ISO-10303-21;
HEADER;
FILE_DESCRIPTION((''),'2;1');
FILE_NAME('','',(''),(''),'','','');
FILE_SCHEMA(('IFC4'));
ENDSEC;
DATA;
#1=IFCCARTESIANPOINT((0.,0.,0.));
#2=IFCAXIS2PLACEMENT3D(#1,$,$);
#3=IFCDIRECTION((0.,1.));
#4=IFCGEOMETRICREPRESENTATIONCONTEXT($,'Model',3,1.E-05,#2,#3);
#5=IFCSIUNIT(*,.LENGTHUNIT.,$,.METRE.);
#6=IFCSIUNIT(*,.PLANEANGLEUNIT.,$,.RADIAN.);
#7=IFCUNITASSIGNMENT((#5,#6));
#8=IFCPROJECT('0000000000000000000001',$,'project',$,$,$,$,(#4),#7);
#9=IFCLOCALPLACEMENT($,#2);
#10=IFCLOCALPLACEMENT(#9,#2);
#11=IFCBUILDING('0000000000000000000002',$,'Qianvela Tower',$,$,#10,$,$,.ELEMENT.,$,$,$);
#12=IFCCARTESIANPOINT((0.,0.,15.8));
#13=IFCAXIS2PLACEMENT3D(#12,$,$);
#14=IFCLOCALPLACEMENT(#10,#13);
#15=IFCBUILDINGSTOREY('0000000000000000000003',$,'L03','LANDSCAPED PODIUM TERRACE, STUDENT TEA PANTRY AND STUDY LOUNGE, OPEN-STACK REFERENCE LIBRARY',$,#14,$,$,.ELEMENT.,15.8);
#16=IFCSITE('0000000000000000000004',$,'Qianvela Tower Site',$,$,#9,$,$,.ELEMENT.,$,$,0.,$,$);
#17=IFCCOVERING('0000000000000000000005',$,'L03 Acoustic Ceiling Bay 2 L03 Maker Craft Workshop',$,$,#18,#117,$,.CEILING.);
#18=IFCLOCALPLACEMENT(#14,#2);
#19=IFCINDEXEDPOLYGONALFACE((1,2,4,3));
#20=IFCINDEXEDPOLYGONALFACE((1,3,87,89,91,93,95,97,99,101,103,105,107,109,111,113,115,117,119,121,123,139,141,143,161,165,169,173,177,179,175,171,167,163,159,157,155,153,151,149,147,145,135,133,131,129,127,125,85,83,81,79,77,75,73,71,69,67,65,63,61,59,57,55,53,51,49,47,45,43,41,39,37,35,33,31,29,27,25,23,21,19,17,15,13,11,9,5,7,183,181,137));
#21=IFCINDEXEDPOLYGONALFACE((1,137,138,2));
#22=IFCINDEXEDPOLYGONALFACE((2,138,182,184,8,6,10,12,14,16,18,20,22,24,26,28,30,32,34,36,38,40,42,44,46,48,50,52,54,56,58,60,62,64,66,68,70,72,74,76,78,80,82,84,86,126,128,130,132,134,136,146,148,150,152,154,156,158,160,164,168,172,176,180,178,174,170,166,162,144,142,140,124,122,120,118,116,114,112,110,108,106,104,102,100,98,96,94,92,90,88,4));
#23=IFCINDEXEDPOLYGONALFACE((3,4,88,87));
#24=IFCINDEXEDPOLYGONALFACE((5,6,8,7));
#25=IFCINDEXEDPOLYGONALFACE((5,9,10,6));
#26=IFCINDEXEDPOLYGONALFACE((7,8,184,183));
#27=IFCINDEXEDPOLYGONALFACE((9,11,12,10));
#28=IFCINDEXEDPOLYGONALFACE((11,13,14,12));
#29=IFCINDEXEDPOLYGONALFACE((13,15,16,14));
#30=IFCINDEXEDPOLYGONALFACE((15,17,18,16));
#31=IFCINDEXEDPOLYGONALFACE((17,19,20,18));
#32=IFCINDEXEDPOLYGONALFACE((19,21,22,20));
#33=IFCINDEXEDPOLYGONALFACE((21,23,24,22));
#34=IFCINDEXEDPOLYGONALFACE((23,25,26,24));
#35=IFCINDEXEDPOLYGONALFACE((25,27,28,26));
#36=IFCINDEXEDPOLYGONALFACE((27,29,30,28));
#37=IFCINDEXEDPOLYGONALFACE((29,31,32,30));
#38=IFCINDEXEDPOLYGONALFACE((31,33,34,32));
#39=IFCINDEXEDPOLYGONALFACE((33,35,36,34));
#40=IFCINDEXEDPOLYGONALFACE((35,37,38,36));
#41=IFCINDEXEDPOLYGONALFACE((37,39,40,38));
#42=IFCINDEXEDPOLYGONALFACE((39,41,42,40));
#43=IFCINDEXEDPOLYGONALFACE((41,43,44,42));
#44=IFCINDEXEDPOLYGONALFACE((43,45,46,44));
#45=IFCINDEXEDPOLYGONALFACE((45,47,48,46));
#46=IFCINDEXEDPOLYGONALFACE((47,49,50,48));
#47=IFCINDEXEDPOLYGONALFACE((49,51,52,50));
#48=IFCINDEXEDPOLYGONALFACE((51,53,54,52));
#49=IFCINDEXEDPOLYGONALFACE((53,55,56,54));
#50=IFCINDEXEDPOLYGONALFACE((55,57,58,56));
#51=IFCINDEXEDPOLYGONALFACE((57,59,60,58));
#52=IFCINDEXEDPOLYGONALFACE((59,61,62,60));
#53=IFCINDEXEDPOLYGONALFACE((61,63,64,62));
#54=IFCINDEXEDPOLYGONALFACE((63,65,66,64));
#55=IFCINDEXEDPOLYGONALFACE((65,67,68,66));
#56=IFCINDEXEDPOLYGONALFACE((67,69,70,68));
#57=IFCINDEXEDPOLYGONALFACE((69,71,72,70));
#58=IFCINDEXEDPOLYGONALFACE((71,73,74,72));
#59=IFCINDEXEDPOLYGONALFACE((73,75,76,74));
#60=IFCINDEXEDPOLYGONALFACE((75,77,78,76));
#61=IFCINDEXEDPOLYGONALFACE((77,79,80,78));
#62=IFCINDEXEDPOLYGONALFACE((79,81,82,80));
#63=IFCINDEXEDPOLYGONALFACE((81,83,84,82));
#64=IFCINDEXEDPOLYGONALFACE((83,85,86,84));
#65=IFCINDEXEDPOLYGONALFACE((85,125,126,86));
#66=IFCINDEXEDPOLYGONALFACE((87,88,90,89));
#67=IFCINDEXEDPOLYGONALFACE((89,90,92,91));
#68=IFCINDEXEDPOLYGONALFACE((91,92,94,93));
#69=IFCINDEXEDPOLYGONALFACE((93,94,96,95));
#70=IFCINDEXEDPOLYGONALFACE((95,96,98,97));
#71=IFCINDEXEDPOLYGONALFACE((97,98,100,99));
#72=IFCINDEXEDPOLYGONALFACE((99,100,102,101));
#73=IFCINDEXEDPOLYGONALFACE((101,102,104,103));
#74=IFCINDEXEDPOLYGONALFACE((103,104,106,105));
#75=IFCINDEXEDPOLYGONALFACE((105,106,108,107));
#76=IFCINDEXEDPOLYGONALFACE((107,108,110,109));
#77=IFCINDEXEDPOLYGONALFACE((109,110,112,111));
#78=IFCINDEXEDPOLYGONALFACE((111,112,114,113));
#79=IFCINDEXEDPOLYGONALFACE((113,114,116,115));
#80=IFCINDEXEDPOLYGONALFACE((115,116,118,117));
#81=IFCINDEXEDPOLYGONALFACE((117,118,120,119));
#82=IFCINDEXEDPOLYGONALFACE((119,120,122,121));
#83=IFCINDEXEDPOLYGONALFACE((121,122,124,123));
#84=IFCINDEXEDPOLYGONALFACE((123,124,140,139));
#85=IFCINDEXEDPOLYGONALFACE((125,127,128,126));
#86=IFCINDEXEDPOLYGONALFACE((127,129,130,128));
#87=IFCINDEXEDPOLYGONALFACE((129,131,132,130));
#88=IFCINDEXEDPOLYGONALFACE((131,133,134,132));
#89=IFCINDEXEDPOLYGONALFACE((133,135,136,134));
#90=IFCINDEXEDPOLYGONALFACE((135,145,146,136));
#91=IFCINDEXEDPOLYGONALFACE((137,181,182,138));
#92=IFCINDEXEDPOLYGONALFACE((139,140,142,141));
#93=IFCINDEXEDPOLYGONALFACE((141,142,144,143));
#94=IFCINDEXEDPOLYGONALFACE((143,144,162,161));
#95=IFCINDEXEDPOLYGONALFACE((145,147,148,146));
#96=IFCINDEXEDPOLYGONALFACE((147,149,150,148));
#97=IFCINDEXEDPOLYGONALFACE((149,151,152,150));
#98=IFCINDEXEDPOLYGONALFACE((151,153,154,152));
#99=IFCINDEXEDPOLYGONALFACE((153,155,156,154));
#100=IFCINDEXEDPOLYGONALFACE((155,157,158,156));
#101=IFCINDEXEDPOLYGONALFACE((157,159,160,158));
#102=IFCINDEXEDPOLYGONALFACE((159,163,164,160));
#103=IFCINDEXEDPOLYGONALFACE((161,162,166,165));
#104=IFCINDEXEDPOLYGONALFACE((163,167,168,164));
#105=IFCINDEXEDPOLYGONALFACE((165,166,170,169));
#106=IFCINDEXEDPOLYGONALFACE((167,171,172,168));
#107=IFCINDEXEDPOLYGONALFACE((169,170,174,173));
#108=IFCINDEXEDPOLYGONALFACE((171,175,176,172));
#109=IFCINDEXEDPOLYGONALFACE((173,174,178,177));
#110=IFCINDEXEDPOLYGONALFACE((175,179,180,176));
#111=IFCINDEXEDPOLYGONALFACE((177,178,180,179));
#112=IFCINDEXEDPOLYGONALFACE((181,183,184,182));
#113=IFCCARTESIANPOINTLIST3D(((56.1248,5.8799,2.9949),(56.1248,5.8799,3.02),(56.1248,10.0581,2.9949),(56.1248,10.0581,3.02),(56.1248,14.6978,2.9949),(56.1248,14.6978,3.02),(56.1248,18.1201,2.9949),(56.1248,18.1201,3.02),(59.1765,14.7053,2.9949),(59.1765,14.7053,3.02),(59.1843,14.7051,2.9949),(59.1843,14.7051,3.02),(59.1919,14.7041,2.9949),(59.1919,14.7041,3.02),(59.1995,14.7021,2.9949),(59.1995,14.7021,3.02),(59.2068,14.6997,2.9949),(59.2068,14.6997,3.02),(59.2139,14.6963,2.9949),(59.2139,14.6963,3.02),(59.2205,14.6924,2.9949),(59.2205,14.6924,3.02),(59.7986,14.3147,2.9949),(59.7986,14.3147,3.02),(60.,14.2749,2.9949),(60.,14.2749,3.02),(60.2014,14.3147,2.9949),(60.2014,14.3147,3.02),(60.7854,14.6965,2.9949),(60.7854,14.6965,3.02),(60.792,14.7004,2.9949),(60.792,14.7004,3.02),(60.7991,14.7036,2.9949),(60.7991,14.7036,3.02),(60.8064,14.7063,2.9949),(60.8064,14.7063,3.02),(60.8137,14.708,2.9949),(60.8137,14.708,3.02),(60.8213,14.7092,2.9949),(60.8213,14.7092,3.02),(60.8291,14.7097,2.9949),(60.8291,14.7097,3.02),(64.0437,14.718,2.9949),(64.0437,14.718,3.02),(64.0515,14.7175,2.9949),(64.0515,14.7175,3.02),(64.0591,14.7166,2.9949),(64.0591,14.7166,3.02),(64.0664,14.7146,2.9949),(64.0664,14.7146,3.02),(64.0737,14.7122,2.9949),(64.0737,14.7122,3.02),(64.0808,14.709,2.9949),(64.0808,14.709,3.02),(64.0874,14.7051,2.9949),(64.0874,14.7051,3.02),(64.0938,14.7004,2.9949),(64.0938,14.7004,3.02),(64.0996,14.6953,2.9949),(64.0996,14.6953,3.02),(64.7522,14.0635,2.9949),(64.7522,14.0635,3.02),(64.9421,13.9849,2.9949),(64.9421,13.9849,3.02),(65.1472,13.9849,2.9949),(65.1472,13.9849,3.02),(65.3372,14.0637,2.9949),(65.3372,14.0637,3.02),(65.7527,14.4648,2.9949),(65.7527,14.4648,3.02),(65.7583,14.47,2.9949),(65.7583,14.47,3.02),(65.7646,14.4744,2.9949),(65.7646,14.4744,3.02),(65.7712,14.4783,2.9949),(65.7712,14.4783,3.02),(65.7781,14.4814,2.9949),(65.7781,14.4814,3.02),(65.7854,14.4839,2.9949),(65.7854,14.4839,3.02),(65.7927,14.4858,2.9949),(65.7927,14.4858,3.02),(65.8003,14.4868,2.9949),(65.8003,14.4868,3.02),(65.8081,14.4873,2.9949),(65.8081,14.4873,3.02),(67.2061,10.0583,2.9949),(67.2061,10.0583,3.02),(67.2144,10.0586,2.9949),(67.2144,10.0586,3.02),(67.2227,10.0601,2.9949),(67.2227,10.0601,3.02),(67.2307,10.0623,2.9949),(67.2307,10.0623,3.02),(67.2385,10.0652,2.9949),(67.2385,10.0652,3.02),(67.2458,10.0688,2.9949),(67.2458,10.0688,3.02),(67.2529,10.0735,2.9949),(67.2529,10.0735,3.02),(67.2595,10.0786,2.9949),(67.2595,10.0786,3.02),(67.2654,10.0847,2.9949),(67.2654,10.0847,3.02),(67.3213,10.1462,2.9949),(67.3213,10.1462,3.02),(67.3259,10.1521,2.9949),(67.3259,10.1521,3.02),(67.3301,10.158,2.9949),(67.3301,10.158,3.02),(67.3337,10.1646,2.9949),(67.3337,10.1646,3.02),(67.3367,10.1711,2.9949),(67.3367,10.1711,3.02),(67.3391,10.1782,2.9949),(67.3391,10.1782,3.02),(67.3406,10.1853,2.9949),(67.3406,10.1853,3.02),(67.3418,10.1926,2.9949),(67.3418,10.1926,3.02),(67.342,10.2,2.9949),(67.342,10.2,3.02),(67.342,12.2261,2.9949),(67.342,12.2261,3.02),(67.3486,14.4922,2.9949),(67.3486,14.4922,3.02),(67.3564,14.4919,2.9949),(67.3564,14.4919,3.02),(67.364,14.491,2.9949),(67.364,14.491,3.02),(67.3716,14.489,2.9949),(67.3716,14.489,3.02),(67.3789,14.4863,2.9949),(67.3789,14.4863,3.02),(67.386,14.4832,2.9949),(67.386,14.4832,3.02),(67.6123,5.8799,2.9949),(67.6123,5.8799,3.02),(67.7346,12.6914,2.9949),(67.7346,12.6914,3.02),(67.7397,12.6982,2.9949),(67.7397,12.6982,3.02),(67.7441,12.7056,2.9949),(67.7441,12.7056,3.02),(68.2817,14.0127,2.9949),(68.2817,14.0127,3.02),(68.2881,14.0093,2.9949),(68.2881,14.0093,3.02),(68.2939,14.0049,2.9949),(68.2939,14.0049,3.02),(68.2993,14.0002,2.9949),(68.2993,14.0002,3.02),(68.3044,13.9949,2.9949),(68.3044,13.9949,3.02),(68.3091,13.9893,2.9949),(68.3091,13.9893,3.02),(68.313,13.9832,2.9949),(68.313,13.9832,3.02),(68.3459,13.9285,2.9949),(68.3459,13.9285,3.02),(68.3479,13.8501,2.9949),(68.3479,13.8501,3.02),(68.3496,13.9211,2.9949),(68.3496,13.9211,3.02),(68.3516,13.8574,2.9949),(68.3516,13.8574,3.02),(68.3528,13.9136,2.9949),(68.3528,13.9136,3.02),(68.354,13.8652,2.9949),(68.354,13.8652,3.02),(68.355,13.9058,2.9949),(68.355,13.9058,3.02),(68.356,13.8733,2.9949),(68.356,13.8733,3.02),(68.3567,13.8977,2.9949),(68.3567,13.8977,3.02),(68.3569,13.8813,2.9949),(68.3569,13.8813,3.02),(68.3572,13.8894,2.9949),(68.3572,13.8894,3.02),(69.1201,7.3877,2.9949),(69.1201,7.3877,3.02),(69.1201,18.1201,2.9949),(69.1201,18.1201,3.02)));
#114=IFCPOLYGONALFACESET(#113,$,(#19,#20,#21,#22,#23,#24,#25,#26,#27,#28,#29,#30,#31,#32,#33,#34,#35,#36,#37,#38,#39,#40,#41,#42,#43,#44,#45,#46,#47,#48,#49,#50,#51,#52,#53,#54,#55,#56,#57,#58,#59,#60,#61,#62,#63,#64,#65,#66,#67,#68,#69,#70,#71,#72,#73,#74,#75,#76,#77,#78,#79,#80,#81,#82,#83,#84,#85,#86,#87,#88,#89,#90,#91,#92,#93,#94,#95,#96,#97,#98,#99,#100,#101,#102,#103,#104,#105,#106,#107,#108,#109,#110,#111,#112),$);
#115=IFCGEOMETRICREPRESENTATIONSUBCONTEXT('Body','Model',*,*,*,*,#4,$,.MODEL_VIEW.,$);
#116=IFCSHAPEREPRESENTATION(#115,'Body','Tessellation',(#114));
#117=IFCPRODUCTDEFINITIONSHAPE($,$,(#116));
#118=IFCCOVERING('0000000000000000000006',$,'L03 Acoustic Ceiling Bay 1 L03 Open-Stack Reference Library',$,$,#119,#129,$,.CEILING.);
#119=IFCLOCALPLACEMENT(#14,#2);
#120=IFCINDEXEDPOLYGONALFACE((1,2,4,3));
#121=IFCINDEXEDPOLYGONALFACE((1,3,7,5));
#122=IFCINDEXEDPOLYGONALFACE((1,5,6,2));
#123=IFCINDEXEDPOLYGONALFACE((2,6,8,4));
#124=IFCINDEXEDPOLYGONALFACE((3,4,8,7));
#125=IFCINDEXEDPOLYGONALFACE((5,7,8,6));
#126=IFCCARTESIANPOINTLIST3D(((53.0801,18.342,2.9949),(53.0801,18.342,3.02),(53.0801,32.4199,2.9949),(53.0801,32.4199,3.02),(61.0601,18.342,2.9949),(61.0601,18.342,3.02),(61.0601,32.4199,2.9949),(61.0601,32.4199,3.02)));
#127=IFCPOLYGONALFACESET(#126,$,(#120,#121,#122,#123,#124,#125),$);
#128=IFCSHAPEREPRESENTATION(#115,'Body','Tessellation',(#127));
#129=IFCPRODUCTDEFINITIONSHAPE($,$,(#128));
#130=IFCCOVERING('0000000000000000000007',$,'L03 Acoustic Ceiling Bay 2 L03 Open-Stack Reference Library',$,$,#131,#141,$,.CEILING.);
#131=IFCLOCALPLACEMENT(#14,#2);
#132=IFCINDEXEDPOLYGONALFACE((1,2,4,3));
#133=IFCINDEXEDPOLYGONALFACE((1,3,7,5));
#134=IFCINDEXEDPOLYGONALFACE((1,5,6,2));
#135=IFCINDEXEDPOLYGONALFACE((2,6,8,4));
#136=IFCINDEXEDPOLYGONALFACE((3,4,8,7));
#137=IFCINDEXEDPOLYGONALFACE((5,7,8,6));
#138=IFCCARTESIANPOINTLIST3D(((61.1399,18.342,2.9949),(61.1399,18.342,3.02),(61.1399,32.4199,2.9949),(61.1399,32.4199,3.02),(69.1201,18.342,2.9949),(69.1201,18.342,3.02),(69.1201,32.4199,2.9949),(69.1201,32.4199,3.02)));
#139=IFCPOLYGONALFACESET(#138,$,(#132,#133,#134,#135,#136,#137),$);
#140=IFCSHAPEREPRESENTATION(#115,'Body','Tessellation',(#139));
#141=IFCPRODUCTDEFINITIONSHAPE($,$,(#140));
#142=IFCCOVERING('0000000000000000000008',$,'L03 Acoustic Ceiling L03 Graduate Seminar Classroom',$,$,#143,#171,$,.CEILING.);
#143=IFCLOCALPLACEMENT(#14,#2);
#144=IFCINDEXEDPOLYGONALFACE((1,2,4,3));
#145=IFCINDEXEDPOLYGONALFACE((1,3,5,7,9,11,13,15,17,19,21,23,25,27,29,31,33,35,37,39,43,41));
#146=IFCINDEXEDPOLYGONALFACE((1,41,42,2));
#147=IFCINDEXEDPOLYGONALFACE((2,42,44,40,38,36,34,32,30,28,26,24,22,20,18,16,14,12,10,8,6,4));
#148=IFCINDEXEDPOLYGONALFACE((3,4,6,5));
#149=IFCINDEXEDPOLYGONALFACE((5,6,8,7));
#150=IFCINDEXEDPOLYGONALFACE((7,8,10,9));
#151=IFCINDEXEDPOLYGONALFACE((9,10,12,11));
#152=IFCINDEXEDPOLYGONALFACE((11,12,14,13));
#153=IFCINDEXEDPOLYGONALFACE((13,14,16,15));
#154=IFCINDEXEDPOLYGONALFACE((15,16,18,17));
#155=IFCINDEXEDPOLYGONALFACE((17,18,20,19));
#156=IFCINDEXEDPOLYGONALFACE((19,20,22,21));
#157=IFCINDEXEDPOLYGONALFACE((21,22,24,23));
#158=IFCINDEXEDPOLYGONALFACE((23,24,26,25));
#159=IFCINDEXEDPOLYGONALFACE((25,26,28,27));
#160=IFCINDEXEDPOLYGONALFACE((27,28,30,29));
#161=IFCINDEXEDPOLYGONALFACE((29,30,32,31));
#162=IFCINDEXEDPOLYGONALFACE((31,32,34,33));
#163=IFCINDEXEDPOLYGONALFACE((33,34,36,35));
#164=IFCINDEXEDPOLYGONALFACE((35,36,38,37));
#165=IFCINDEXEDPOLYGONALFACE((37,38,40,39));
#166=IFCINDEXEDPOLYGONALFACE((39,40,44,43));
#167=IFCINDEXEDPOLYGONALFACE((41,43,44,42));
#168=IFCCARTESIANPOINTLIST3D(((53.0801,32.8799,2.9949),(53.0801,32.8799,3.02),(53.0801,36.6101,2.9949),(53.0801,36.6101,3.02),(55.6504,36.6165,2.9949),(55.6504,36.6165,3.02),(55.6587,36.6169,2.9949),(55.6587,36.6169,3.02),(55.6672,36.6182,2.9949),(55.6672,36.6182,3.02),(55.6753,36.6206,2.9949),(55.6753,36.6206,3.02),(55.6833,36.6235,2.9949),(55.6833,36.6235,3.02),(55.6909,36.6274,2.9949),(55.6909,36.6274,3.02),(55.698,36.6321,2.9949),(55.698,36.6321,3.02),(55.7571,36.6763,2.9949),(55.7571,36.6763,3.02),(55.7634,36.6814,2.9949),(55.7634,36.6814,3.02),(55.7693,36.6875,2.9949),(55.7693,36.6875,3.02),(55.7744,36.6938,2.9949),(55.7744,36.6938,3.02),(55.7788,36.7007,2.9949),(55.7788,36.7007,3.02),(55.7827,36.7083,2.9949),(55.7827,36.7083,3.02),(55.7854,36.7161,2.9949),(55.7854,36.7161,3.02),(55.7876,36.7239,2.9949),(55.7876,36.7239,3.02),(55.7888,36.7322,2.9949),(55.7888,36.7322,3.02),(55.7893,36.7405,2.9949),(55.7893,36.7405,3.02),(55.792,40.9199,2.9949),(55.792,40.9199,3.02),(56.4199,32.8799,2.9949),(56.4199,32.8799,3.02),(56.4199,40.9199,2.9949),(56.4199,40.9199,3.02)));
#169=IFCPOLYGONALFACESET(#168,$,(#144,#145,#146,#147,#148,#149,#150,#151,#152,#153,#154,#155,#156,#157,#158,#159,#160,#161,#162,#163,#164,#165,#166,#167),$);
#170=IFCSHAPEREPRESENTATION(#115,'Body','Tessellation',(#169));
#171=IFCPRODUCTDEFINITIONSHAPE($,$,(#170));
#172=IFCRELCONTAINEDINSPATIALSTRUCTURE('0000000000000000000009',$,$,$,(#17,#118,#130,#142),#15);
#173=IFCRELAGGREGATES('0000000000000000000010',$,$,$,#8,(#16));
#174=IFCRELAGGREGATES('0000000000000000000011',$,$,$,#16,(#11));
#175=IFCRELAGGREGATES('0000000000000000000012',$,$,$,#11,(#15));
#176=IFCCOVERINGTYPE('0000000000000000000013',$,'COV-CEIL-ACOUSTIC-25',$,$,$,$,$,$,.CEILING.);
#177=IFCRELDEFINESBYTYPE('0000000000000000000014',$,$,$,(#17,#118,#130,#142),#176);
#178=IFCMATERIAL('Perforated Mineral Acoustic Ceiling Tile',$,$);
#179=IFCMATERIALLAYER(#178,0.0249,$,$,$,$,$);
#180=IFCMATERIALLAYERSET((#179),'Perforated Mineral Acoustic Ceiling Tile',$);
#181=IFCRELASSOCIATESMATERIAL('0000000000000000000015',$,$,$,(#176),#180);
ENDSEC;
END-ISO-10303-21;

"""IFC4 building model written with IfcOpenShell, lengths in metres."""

from ifc_helpers import new_model, si_unit, direction, frame, origin, place, context, subcontext, project, spatial, polyline, outline, extrude, material, layer, layer_set, type_object, element, save


model = new_model("IFC4")

# Units and contexts
model_context = context("Model", 3, precision=1e-05, world=origin(), true_north=direction((0.0, 1.0)))
body_context = subcontext(model_context, "Body", "Model", "MODEL_VIEW")
ifc_project = project(units=[si_unit("LENGTHUNIT", "METRE"), si_unit("PLANEANGLEUNIT", "RADIAN")], contexts=[model_context])

# Site, building, storey
site_placement = place(None, origin())
site = spatial("IfcSite", under=ifc_project, at=site_placement, Name="Qianvela Tower Site", CompositionType="ELEMENT", RefElevation=0.0)
building_placement = place(site_placement, origin())
building = spatial("IfcBuilding", under=site, at=building_placement, Name="Qianvela Tower", CompositionType="ELEMENT")
storey_placement = place(building_placement, frame((0.0, 0.0, 15.8)))
storey = spatial("IfcBuildingStorey", under=building, at=storey_placement, Name="L03", Description="LANDSCAPED PODIUM TERRACE, STUDENT TEA PANTRY AND STUDY LOUNGE, OPEN-STACK REFERENCE LIBRARY", CompositionType="ELEMENT", Elevation=15.8)

# Coverings
ifc_material_1 = material(Name="Perforated Mineral Acoustic Ceiling Tile")
ifc_layer_1 = layer(ifc_material_1, 0.0249)
ifc_layer_set_1 = layer_set([ifc_layer_1], Name="Perforated Mineral Acoustic Ceiling Tile")
covering_type_1 = type_object("IfcCoveringType", Name="COV-CEIL-ACOUSTIC-25", PredefinedType="CEILING", material=ifc_layer_set_1)
covering_1_placement = place(storey_placement, frame((0.0, 0.0, 2.9949)))
element("IfcCovering", 1, at=covering_1_placement, inside=storey, type_object=covering_type_1, Name="L03 Acoustic Ceiling Bay 2 L03 Maker Craft Workshop", PredefinedType="CEILING", context=body_context, shape_type="SweptSolid", body=[
    extrude(outline(polyline([(69.1201, 7.3877), (67.6123, 5.8799), (56.1248, 5.8799), (56.1248, 10.0581), (67.2061, 10.0583), (67.2144, 10.0586), (67.2227, 10.0601), (67.2307, 10.0623), (67.2385, 10.0652), (67.2458, 10.0688), (67.2529, 10.0735), (67.2595, 10.0786), (67.2654, 10.0847), (67.3213, 10.1462), (67.3259, 10.1521), (67.3301, 10.158), (67.3337, 10.1646), (67.3367, 10.1711), (67.3391, 10.1782), (67.3406, 10.1853), (67.3418, 10.1926), (67.342, 10.2), (67.342, 12.2261), (67.7346, 12.6914), (67.7397, 12.6982), (67.7441, 12.7056), (68.3479, 13.8501), (68.3516, 13.8574), (68.354, 13.8652), (68.356, 13.8733), (68.3569, 13.8813), (68.3572, 13.8894), (68.3567, 13.8977), (68.355, 13.9058), (68.3528, 13.9136), (68.3496, 13.9211), (68.3459, 13.9285), (68.313, 13.9832), (68.3091, 13.9893), (68.3044, 13.9949), (68.2993, 14.0002), (68.2939, 14.0049), (68.2881, 14.0093), (68.2817, 14.0127), (67.386, 14.4832), (67.3789, 14.4863), (67.3716, 14.489), (67.364, 14.491), (67.3564, 14.4919), (67.3486, 14.4922), (65.8081, 14.4873), (65.8003, 14.4868), (65.7927, 14.4858), (65.7854, 14.4839), (65.7781, 14.4814), (65.7712, 14.4783), (65.7646, 14.4744), (65.7583, 14.47), (65.7527, 14.4648), (65.3372, 14.0637), (65.1472, 13.9849), (64.9421, 13.9849), (64.7522, 14.0635), (64.0996, 14.6953), (64.0938, 14.7004), (64.0874, 14.7051), (64.0808, 14.709), (64.0737, 14.7122), (64.0664, 14.7146), (64.0591, 14.7166), (64.0515, 14.7175), (64.0437, 14.718), (60.8291, 14.7097), (60.8213, 14.7092), (60.8137, 14.708), (60.8064, 14.7063), (60.7991, 14.7036), (60.792, 14.7004), (60.7854, 14.6965), (60.2014, 14.3147), (60.0, 14.2749), (59.7986, 14.3147), (59.2205, 14.6924), (59.2139, 14.6963), (59.2068, 14.6997), (59.1995, 14.7021), (59.1919, 14.7041), (59.1843, 14.7051), (59.1765, 14.7053), (56.1248, 14.6978), (56.1248, 18.1201), (69.1201, 18.1201), (69.1201, 7.3877)])), origin(), (0.0, 0.0, 1.0), 0.0251),
])
covering_2_placement = place(storey_placement, frame((0.0, 0.0, 2.9949)))
element("IfcCovering", 2, at=covering_2_placement, inside=storey, type_object=covering_type_1, Name="L03 Acoustic Ceiling Bay 1 L03 Open-Stack Reference Library", PredefinedType="CEILING", context=body_context, shape_type="SweptSolid", body=[
    extrude(outline(polyline([(53.0801, 18.342), (53.0801, 32.4199), (61.0601, 32.4199), (61.0601, 18.342), (53.0801, 18.342)])), origin(), (0.0, 0.0, 1.0), 0.0251),
])
covering_3_placement = place(storey_placement, frame((0.0, 0.0, 2.9949)))
element("IfcCovering", 3, at=covering_3_placement, inside=storey, type_object=covering_type_1, Name="L03 Acoustic Ceiling Bay 2 L03 Open-Stack Reference Library", PredefinedType="CEILING", context=body_context, shape_type="SweptSolid", body=[
    extrude(outline(polyline([(61.1399, 18.342), (61.1399, 32.4199), (69.1201, 32.4199), (69.1201, 18.342), (61.1399, 18.342)])), origin(), (0.0, 0.0, 1.0), 0.0251),
])
covering_4_placement = place(storey_placement, frame((0.0, 0.0, 2.9949)))
element("IfcCovering", 4, at=covering_4_placement, inside=storey, type_object=covering_type_1, Name="L03 Acoustic Ceiling L03 Graduate Seminar Classroom", PredefinedType="CEILING", context=body_context, shape_type="SweptSolid", body=[
    extrude(outline(polyline([(56.4199, 32.8799), (53.0801, 32.8799), (53.0801, 36.6101), (55.6504, 36.6165), (55.6587, 36.6169), (55.6672, 36.6182), (55.6753, 36.6206), (55.6833, 36.6235), (55.6909, 36.6274), (55.698, 36.6321), (55.7571, 36.6763), (55.7634, 36.6814), (55.7693, 36.6875), (55.7744, 36.6938), (55.7788, 36.7007), (55.7827, 36.7083), (55.7854, 36.7161), (55.7876, 36.7239), (55.7888, 36.7322), (55.7893, 36.7405), (55.792, 40.9199), (56.4199, 40.9199), (56.4199, 32.8799)])), origin(), (0.0, 0.0, 1.0), 0.0251),
])

save(model, "model.ifc")
